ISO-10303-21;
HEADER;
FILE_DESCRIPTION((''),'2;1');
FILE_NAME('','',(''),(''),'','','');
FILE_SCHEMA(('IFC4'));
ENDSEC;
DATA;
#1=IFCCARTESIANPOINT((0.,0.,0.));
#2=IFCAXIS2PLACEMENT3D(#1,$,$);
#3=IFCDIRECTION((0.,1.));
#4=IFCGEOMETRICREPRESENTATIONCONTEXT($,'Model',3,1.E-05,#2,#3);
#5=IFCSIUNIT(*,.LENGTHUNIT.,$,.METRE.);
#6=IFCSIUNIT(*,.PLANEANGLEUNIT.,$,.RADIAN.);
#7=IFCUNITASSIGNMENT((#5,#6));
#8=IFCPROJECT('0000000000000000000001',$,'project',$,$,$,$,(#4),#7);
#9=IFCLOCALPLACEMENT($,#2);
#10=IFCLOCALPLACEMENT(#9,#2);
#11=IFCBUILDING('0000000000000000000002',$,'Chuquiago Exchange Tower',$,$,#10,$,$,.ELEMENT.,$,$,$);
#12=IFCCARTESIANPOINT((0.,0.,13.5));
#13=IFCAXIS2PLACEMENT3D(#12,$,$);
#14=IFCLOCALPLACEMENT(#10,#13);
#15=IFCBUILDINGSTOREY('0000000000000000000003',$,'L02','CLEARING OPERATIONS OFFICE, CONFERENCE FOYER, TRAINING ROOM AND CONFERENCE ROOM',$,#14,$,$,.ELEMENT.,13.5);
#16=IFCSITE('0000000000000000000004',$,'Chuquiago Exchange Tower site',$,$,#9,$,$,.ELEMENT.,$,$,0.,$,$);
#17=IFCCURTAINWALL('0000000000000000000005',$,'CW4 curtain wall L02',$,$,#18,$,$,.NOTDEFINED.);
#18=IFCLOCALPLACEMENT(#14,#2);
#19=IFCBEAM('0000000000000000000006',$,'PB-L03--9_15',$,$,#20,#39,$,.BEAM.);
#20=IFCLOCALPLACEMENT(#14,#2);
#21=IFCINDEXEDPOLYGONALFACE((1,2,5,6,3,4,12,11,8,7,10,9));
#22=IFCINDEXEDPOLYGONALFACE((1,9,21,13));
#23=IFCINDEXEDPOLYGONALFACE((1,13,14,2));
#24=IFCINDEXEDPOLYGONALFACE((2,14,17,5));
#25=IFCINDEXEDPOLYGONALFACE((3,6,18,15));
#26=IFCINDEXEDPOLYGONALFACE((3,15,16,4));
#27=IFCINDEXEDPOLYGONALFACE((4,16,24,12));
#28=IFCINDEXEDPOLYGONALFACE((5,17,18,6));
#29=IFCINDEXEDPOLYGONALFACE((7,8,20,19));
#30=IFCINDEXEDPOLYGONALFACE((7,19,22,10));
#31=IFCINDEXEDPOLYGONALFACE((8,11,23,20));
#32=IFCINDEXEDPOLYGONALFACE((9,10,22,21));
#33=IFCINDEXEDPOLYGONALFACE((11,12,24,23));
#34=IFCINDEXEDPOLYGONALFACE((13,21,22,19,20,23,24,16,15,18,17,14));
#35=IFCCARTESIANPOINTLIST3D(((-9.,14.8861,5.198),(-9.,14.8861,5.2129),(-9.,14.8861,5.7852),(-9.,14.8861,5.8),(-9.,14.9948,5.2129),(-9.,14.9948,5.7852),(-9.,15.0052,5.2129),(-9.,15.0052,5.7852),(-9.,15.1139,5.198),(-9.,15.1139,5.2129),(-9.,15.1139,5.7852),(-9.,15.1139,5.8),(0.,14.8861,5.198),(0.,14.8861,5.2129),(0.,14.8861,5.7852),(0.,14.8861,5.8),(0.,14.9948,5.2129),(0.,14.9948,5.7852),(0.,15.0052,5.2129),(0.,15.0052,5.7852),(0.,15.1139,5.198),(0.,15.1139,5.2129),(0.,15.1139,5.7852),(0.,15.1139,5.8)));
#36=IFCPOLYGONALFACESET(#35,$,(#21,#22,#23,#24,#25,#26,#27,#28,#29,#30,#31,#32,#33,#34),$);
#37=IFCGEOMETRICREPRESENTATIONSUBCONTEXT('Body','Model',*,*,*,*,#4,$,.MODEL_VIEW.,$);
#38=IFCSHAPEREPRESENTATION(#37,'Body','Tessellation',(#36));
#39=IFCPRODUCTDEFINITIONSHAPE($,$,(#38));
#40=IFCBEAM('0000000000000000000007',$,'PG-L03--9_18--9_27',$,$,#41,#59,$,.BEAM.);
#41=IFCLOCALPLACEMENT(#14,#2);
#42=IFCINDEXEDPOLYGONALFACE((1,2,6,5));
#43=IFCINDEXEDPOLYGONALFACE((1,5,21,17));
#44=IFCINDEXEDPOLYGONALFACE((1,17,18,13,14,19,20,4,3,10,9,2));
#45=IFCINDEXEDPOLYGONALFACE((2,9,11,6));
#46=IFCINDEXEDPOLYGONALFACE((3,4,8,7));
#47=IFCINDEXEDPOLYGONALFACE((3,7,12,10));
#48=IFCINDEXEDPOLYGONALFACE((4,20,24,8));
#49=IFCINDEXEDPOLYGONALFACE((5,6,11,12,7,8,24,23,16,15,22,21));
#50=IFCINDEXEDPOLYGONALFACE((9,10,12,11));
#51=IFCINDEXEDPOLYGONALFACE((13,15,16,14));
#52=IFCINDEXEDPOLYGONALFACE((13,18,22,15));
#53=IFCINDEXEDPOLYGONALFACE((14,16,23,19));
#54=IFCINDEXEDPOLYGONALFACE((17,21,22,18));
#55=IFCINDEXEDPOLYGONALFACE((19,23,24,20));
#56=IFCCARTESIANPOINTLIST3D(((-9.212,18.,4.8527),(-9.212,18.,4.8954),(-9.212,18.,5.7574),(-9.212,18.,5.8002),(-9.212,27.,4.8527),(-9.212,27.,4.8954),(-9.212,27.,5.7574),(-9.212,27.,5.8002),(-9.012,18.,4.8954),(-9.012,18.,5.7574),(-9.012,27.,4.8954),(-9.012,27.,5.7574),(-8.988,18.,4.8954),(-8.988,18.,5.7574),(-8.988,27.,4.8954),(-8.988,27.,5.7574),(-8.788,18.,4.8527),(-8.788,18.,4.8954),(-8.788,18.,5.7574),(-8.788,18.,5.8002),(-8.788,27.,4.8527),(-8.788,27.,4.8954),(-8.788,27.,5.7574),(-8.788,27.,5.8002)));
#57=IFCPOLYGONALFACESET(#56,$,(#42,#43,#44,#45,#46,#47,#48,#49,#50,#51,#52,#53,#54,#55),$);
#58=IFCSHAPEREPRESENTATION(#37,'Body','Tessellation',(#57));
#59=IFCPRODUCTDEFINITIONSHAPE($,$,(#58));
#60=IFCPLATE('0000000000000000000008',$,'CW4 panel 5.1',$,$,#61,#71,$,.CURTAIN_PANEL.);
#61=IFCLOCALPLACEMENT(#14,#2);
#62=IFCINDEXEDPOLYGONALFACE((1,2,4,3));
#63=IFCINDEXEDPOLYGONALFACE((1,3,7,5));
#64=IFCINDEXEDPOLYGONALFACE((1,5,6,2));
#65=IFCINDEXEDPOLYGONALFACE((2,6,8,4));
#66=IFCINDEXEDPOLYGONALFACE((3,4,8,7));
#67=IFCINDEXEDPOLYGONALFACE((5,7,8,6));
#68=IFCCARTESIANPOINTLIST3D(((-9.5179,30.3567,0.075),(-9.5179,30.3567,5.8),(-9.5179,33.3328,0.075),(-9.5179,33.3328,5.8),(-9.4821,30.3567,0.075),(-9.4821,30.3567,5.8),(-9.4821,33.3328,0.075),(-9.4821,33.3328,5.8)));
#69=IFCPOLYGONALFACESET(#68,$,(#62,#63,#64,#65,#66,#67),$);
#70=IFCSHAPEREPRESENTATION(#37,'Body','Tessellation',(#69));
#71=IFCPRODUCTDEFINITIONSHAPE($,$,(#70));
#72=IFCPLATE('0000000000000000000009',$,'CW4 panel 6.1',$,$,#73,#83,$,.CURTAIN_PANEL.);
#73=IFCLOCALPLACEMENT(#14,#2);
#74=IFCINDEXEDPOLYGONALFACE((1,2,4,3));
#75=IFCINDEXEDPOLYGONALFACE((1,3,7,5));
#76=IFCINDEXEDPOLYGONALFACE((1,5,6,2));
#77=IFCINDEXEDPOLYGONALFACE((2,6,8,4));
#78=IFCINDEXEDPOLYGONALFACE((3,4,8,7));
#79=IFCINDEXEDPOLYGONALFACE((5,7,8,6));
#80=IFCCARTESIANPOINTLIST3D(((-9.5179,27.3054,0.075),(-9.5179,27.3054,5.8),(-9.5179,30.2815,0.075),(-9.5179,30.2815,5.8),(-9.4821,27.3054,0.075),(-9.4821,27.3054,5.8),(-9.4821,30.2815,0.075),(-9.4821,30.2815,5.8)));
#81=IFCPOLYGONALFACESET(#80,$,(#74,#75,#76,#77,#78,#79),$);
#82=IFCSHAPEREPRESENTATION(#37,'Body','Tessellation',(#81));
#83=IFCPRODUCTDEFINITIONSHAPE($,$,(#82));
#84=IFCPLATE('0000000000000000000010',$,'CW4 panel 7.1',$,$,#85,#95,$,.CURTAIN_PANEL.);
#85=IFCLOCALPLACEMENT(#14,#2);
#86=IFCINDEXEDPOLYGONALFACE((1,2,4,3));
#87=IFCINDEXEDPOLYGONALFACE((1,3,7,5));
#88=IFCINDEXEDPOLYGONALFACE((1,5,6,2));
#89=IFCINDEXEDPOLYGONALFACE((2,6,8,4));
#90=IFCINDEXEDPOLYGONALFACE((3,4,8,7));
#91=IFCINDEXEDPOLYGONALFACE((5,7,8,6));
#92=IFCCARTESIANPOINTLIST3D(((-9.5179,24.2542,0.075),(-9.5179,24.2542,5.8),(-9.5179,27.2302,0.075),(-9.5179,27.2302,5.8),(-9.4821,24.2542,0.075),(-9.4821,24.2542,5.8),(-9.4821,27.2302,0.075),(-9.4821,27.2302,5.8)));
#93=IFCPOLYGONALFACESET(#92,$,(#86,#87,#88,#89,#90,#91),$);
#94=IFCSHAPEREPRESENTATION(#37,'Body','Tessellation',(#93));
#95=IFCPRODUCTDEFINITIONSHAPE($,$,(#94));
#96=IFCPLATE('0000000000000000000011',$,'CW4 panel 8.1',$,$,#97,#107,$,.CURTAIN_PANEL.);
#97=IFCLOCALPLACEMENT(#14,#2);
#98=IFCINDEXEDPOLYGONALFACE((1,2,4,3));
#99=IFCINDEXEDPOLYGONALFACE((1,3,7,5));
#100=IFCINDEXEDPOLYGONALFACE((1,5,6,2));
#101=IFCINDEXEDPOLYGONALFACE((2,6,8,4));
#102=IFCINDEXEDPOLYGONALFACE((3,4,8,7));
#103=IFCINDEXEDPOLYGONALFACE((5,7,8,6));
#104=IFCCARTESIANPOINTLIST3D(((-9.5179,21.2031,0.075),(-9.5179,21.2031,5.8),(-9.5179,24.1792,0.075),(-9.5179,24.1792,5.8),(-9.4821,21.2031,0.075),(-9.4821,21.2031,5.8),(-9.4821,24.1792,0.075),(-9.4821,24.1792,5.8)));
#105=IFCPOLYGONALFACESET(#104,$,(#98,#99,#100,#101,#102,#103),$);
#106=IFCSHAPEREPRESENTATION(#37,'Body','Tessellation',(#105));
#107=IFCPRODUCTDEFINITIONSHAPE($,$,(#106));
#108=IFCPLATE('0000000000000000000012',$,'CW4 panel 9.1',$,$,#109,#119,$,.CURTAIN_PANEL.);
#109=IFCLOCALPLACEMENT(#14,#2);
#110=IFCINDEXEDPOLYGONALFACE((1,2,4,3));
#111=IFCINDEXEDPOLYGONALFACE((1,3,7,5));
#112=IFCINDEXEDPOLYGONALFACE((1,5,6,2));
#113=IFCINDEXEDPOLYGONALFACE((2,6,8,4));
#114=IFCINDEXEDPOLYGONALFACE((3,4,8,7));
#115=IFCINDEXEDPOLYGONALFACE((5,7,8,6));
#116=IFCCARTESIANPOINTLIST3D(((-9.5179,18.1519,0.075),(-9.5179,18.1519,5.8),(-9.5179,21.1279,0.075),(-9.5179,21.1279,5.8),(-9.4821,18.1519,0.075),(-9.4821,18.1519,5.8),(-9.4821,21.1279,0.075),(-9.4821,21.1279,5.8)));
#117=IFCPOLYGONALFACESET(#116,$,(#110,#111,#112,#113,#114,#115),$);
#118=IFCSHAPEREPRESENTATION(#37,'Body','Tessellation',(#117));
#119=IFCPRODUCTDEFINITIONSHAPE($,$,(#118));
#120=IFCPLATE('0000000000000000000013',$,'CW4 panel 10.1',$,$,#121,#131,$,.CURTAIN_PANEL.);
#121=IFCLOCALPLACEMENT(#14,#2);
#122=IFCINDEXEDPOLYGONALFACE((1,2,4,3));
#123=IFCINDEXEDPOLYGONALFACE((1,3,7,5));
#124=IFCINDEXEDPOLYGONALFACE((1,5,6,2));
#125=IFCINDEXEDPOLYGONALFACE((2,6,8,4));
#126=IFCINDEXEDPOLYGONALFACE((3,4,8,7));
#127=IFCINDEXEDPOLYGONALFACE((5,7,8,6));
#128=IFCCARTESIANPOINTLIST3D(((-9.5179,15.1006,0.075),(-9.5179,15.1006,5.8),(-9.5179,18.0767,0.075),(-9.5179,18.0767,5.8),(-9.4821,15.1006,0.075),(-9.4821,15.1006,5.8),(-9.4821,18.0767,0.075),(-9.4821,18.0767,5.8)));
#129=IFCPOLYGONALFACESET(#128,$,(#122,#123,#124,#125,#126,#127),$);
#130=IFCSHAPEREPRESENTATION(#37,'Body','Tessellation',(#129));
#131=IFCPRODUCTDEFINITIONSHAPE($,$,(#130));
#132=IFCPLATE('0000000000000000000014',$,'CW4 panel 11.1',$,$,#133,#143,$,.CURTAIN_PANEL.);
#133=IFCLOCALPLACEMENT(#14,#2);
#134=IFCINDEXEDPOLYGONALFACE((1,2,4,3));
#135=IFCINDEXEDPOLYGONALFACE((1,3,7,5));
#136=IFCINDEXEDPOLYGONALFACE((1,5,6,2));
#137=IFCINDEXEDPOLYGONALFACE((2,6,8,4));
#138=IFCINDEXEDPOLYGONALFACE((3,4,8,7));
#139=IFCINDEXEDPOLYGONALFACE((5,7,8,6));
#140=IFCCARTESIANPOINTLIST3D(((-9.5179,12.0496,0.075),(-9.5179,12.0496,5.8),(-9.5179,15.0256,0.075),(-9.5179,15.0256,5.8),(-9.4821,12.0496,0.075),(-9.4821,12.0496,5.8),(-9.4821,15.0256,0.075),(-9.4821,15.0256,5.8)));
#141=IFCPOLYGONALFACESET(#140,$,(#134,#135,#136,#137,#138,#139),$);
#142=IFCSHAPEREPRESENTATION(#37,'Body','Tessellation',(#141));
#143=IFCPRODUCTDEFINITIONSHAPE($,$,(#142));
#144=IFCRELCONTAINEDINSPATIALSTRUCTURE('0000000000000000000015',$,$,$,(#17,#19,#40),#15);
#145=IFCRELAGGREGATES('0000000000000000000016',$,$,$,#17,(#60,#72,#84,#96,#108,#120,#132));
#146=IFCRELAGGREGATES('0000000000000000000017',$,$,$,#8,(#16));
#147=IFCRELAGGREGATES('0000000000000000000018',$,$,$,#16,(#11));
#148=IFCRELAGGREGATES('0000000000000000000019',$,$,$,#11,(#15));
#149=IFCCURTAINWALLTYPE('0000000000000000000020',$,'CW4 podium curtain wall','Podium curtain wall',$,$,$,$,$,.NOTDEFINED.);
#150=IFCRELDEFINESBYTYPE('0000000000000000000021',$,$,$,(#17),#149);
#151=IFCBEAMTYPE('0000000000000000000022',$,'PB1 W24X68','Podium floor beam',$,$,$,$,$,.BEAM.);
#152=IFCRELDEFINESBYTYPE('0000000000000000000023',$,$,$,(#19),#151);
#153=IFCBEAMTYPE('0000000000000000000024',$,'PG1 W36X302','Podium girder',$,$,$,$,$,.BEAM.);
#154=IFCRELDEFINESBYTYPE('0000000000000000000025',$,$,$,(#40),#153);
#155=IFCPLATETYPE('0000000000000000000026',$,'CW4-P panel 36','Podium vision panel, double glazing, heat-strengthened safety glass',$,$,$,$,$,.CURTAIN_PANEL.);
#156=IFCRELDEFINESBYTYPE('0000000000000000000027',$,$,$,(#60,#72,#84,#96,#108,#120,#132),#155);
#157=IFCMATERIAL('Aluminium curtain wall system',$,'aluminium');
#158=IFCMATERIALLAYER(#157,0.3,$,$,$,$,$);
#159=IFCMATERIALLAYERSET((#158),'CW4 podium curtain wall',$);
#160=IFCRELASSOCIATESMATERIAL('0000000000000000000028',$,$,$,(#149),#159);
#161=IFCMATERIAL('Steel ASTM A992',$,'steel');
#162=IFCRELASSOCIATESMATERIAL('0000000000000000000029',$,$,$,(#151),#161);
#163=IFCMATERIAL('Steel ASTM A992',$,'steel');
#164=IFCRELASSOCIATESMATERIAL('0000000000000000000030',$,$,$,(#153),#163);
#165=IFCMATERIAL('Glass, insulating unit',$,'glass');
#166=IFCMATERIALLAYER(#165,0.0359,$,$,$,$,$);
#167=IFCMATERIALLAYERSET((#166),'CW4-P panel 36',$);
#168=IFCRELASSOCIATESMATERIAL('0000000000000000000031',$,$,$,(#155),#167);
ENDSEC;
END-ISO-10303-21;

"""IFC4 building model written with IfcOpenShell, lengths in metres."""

from ifc_helpers import new_model, si_unit, direction, frame, origin, origin_2d, place, context, subcontext, project, spatial, rectangle, i_section, extrude, material, layer, layer_set, material_profile, profile_set, type_object, element, aggregate, save


model = new_model("IFC4")

# Units and contexts
model_context = context("Model", 3, precision=1e-05, world=origin(), true_north=direction((0.0, 1.0)))
body_context = subcontext(model_context, "Body", "Model", "MODEL_VIEW")
ifc_project = project(units=[si_unit("LENGTHUNIT", "METRE"), si_unit("PLANEANGLEUNIT", "RADIAN")], contexts=[model_context])

# Site, building, storey
site_placement = place(None, origin())
site = spatial("IfcSite", under=ifc_project, at=site_placement, Name="Chuquiago Exchange Tower site", CompositionType="ELEMENT", RefElevation=0.0)
building_placement = place(site_placement, origin())
building = spatial("IfcBuilding", under=site, at=building_placement, Name="Chuquiago Exchange Tower", CompositionType="ELEMENT")
storey_placement = place(building_placement, frame((0.0, 0.0, 13.5)))
storey = spatial("IfcBuildingStorey", under=building, at=storey_placement, Name="L02", Description="CLEARING OPERATIONS OFFICE, CONFERENCE FOYER, TRAINING ROOM AND CONFERENCE ROOM", CompositionType="ELEMENT", Elevation=13.5)

# Curtain wall
ifc_material_1 = material(Name="Aluminium curtain wall system", Category="aluminium")
ifc_layer_1 = layer(ifc_material_1, 0.3)
ifc_layer_set_1 = layer_set([ifc_layer_1], Name="CW4 podium curtain wall")
curtain_wall_type = type_object("IfcCurtainWallType", Name="CW4 podium curtain wall", Description="Podium curtain wall", PredefinedType="NOTDEFINED", material=ifc_layer_set_1)
curtain_wall_placement = place(storey_placement, origin())
curtain_wall = element("IfcCurtainWall", 1, at=curtain_wall_placement, inside=storey, type_object=curtain_wall_type, Name="CW4 curtain wall L02", PredefinedType="NOTDEFINED")

# Beams
ifc_material_2 = material(Name="Steel ASTM A992", Category="steel")
ifc_material_profile_1 = material_profile(ifc_material_2, i_section(OverallWidth=0.2278, OverallDepth=0.6021, WebThickness=0.0105, FlangeThickness=0.0149, at=origin_2d()), Name="W24X68")
ifc_profile_set_1 = profile_set([ifc_material_profile_1], Name="Steel ASTM A992")
beam_type_1 = type_object("IfcBeamType", Name="PB1 W24X68", Description="Podium floor beam", PredefinedType="BEAM", material=ifc_profile_set_1)
beam_1_placement = place(storey_placement, frame((-9.0, 15.0, 5.499), z_axis=(1.0, 0.0, 0.0), x_axis=(0.0, 1.0, 0.0)))
element("IfcBeam", 2, at=beam_1_placement, inside=storey, type_object=beam_type_1, Name="PB-L03--9_15", PredefinedType="BEAM", context=body_context, shape_type="SweptSolid", body=[
    extrude(i_section(OverallWidth=0.2278, OverallDepth=0.6021, WebThickness=0.0105, FlangeThickness=0.0149, at=origin_2d()), origin(), (0.0, 0.0, 1.0), 9.0),
])
ifc_material_3 = material(Name="Steel ASTM A992", Category="steel")
ifc_material_profile_2 = material_profile(ifc_material_3, i_section(OverallWidth=0.4241, OverallDepth=0.9475, WebThickness=0.0239, FlangeThickness=0.0427, at=origin_2d()), Name="W36X302")
ifc_profile_set_2 = profile_set([ifc_material_profile_2], Name="Steel ASTM A992")
beam_type_2 = type_object("IfcBeamType", Name="PG1 W36X302", Description="Podium girder", PredefinedType="BEAM", material=ifc_profile_set_2)
beam_2_placement = place(storey_placement, frame((-9.0, 18.0, 5.3264), z_axis=(0.0, 1.0, 0.0), x_axis=(-1.0, 0.0, 0.0)))
element("IfcBeam", 3, at=beam_2_placement, inside=storey, type_object=beam_type_2, Name="PG-L03--9_18--9_27", PredefinedType="BEAM", context=body_context, shape_type="SweptSolid", body=[
    extrude(i_section(OverallWidth=0.4241, OverallDepth=0.9475, WebThickness=0.0239, FlangeThickness=0.0427, at=origin_2d()), origin(), (0.0, 0.0, 1.0), 9.0),
])

# Plates
ifc_material_4 = material(Name="Glass, insulating unit", Category="glass")
ifc_layer_2 = layer(ifc_material_4, 0.0359)
ifc_layer_set_2 = layer_set([ifc_layer_2], Name="CW4-P panel 36")
plate_type = type_object("IfcPlateType", Name="CW4-P panel 36", Description="Podium vision panel, double glazing, heat-strengthened safety glass", PredefinedType="CURTAIN_PANEL", material=ifc_layer_set_2)
plate_1_placement = place(storey_placement, frame((-9.5, 31.8447, 0.075), z_axis=(0.0, 0.0, 1.0), x_axis=(0.0, -1.0, 0.0)))
plate_1 = element("IfcPlate", 4, at=plate_1_placement, type_object=plate_type, Name="CW4 panel 5.1", PredefinedType="CURTAIN_PANEL", context=body_context, shape_type="SweptSolid", body=[
    extrude(rectangle(XDim=2.9761, YDim=0.0359, at=origin_2d()), origin(), (0.0, 0.0, 1.0), 5.7251),
])
plate_2_placement = place(storey_placement, frame((-9.5, 28.7935, 0.075), z_axis=(0.0, 0.0, 1.0), x_axis=(0.0, -1.0, 0.0)))
plate_2 = element("IfcPlate", 5, at=plate_2_placement, type_object=plate_type, Name="CW4 panel 6.1", PredefinedType="CURTAIN_PANEL", context=body_context, shape_type="SweptSolid", body=[
    extrude(rectangle(XDim=2.9761, YDim=0.0359, at=origin_2d()), origin(), (0.0, 0.0, 1.0), 5.7251),
])
plate_3_placement = place(storey_placement, frame((-9.5, 25.7422, 0.075), z_axis=(0.0, 0.0, 1.0), x_axis=(0.0, -1.0, 0.0)))
plate_3 = element("IfcPlate", 6, at=plate_3_placement, type_object=plate_type, Name="CW4 panel 7.1", PredefinedType="CURTAIN_PANEL", context=body_context, shape_type="SweptSolid", body=[
    extrude(rectangle(XDim=2.9761, YDim=0.0359, at=origin_2d()), origin(), (0.0, 0.0, 1.0), 5.7251),
])
plate_4_placement = place(storey_placement, frame((-9.5, 22.6912, 0.075), z_axis=(0.0, 0.0, 1.0), x_axis=(0.0, -1.0, 0.0)))
plate_4 = element("IfcPlate", 7, at=plate_4_placement, type_object=plate_type, Name="CW4 panel 8.1", PredefinedType="CURTAIN_PANEL", context=body_context, shape_type="SweptSolid", body=[
    extrude(rectangle(XDim=2.9761, YDim=0.0359, at=origin_2d()), origin(), (0.0, 0.0, 1.0), 5.7251),
])
plate_5_placement = place(storey_placement, frame((-9.5, 19.6399, 0.075), z_axis=(0.0, 0.0, 1.0), x_axis=(0.0, -1.0, 0.0)))
plate_5 = element("IfcPlate", 8, at=plate_5_placement, type_object=plate_type, Name="CW4 panel 9.1", PredefinedType="CURTAIN_PANEL", context=body_context, shape_type="SweptSolid", body=[
    extrude(rectangle(XDim=2.9761, YDim=0.0359, at=origin_2d()), origin(), (0.0, 0.0, 1.0), 5.7251),
])
plate_6_placement = place(storey_placement, frame((-9.5, 16.5886, 0.075), z_axis=(0.0, 0.0, 1.0), x_axis=(0.0, -1.0, 0.0)))
plate_6 = element("IfcPlate", 9, at=plate_6_placement, type_object=plate_type, Name="CW4 panel 10.1", PredefinedType="CURTAIN_PANEL", context=body_context, shape_type="SweptSolid", body=[
    extrude(rectangle(XDim=2.9761, YDim=0.0359, at=origin_2d()), origin(), (0.0, 0.0, 1.0), 5.7251),
])
plate_7_placement = place(storey_placement, frame((-9.5, 13.5376, 0.075), z_axis=(0.0, 0.0, 1.0), x_axis=(0.0, -1.0, 0.0)))
plate_7 = element("IfcPlate", 10, at=plate_7_placement, type_object=plate_type, Name="CW4 panel 11.1", PredefinedType="CURTAIN_PANEL", context=body_context, shape_type="SweptSolid", body=[
    extrude(rectangle(XDim=2.9761, YDim=0.0359, at=origin_2d()), origin(), (0.0, 0.0, 1.0), 5.7251),
])
aggregate(curtain_wall, [plate_1, plate_2, plate_3, plate_4, plate_5, plate_6, plate_7])

save(model, "model.ifc")
